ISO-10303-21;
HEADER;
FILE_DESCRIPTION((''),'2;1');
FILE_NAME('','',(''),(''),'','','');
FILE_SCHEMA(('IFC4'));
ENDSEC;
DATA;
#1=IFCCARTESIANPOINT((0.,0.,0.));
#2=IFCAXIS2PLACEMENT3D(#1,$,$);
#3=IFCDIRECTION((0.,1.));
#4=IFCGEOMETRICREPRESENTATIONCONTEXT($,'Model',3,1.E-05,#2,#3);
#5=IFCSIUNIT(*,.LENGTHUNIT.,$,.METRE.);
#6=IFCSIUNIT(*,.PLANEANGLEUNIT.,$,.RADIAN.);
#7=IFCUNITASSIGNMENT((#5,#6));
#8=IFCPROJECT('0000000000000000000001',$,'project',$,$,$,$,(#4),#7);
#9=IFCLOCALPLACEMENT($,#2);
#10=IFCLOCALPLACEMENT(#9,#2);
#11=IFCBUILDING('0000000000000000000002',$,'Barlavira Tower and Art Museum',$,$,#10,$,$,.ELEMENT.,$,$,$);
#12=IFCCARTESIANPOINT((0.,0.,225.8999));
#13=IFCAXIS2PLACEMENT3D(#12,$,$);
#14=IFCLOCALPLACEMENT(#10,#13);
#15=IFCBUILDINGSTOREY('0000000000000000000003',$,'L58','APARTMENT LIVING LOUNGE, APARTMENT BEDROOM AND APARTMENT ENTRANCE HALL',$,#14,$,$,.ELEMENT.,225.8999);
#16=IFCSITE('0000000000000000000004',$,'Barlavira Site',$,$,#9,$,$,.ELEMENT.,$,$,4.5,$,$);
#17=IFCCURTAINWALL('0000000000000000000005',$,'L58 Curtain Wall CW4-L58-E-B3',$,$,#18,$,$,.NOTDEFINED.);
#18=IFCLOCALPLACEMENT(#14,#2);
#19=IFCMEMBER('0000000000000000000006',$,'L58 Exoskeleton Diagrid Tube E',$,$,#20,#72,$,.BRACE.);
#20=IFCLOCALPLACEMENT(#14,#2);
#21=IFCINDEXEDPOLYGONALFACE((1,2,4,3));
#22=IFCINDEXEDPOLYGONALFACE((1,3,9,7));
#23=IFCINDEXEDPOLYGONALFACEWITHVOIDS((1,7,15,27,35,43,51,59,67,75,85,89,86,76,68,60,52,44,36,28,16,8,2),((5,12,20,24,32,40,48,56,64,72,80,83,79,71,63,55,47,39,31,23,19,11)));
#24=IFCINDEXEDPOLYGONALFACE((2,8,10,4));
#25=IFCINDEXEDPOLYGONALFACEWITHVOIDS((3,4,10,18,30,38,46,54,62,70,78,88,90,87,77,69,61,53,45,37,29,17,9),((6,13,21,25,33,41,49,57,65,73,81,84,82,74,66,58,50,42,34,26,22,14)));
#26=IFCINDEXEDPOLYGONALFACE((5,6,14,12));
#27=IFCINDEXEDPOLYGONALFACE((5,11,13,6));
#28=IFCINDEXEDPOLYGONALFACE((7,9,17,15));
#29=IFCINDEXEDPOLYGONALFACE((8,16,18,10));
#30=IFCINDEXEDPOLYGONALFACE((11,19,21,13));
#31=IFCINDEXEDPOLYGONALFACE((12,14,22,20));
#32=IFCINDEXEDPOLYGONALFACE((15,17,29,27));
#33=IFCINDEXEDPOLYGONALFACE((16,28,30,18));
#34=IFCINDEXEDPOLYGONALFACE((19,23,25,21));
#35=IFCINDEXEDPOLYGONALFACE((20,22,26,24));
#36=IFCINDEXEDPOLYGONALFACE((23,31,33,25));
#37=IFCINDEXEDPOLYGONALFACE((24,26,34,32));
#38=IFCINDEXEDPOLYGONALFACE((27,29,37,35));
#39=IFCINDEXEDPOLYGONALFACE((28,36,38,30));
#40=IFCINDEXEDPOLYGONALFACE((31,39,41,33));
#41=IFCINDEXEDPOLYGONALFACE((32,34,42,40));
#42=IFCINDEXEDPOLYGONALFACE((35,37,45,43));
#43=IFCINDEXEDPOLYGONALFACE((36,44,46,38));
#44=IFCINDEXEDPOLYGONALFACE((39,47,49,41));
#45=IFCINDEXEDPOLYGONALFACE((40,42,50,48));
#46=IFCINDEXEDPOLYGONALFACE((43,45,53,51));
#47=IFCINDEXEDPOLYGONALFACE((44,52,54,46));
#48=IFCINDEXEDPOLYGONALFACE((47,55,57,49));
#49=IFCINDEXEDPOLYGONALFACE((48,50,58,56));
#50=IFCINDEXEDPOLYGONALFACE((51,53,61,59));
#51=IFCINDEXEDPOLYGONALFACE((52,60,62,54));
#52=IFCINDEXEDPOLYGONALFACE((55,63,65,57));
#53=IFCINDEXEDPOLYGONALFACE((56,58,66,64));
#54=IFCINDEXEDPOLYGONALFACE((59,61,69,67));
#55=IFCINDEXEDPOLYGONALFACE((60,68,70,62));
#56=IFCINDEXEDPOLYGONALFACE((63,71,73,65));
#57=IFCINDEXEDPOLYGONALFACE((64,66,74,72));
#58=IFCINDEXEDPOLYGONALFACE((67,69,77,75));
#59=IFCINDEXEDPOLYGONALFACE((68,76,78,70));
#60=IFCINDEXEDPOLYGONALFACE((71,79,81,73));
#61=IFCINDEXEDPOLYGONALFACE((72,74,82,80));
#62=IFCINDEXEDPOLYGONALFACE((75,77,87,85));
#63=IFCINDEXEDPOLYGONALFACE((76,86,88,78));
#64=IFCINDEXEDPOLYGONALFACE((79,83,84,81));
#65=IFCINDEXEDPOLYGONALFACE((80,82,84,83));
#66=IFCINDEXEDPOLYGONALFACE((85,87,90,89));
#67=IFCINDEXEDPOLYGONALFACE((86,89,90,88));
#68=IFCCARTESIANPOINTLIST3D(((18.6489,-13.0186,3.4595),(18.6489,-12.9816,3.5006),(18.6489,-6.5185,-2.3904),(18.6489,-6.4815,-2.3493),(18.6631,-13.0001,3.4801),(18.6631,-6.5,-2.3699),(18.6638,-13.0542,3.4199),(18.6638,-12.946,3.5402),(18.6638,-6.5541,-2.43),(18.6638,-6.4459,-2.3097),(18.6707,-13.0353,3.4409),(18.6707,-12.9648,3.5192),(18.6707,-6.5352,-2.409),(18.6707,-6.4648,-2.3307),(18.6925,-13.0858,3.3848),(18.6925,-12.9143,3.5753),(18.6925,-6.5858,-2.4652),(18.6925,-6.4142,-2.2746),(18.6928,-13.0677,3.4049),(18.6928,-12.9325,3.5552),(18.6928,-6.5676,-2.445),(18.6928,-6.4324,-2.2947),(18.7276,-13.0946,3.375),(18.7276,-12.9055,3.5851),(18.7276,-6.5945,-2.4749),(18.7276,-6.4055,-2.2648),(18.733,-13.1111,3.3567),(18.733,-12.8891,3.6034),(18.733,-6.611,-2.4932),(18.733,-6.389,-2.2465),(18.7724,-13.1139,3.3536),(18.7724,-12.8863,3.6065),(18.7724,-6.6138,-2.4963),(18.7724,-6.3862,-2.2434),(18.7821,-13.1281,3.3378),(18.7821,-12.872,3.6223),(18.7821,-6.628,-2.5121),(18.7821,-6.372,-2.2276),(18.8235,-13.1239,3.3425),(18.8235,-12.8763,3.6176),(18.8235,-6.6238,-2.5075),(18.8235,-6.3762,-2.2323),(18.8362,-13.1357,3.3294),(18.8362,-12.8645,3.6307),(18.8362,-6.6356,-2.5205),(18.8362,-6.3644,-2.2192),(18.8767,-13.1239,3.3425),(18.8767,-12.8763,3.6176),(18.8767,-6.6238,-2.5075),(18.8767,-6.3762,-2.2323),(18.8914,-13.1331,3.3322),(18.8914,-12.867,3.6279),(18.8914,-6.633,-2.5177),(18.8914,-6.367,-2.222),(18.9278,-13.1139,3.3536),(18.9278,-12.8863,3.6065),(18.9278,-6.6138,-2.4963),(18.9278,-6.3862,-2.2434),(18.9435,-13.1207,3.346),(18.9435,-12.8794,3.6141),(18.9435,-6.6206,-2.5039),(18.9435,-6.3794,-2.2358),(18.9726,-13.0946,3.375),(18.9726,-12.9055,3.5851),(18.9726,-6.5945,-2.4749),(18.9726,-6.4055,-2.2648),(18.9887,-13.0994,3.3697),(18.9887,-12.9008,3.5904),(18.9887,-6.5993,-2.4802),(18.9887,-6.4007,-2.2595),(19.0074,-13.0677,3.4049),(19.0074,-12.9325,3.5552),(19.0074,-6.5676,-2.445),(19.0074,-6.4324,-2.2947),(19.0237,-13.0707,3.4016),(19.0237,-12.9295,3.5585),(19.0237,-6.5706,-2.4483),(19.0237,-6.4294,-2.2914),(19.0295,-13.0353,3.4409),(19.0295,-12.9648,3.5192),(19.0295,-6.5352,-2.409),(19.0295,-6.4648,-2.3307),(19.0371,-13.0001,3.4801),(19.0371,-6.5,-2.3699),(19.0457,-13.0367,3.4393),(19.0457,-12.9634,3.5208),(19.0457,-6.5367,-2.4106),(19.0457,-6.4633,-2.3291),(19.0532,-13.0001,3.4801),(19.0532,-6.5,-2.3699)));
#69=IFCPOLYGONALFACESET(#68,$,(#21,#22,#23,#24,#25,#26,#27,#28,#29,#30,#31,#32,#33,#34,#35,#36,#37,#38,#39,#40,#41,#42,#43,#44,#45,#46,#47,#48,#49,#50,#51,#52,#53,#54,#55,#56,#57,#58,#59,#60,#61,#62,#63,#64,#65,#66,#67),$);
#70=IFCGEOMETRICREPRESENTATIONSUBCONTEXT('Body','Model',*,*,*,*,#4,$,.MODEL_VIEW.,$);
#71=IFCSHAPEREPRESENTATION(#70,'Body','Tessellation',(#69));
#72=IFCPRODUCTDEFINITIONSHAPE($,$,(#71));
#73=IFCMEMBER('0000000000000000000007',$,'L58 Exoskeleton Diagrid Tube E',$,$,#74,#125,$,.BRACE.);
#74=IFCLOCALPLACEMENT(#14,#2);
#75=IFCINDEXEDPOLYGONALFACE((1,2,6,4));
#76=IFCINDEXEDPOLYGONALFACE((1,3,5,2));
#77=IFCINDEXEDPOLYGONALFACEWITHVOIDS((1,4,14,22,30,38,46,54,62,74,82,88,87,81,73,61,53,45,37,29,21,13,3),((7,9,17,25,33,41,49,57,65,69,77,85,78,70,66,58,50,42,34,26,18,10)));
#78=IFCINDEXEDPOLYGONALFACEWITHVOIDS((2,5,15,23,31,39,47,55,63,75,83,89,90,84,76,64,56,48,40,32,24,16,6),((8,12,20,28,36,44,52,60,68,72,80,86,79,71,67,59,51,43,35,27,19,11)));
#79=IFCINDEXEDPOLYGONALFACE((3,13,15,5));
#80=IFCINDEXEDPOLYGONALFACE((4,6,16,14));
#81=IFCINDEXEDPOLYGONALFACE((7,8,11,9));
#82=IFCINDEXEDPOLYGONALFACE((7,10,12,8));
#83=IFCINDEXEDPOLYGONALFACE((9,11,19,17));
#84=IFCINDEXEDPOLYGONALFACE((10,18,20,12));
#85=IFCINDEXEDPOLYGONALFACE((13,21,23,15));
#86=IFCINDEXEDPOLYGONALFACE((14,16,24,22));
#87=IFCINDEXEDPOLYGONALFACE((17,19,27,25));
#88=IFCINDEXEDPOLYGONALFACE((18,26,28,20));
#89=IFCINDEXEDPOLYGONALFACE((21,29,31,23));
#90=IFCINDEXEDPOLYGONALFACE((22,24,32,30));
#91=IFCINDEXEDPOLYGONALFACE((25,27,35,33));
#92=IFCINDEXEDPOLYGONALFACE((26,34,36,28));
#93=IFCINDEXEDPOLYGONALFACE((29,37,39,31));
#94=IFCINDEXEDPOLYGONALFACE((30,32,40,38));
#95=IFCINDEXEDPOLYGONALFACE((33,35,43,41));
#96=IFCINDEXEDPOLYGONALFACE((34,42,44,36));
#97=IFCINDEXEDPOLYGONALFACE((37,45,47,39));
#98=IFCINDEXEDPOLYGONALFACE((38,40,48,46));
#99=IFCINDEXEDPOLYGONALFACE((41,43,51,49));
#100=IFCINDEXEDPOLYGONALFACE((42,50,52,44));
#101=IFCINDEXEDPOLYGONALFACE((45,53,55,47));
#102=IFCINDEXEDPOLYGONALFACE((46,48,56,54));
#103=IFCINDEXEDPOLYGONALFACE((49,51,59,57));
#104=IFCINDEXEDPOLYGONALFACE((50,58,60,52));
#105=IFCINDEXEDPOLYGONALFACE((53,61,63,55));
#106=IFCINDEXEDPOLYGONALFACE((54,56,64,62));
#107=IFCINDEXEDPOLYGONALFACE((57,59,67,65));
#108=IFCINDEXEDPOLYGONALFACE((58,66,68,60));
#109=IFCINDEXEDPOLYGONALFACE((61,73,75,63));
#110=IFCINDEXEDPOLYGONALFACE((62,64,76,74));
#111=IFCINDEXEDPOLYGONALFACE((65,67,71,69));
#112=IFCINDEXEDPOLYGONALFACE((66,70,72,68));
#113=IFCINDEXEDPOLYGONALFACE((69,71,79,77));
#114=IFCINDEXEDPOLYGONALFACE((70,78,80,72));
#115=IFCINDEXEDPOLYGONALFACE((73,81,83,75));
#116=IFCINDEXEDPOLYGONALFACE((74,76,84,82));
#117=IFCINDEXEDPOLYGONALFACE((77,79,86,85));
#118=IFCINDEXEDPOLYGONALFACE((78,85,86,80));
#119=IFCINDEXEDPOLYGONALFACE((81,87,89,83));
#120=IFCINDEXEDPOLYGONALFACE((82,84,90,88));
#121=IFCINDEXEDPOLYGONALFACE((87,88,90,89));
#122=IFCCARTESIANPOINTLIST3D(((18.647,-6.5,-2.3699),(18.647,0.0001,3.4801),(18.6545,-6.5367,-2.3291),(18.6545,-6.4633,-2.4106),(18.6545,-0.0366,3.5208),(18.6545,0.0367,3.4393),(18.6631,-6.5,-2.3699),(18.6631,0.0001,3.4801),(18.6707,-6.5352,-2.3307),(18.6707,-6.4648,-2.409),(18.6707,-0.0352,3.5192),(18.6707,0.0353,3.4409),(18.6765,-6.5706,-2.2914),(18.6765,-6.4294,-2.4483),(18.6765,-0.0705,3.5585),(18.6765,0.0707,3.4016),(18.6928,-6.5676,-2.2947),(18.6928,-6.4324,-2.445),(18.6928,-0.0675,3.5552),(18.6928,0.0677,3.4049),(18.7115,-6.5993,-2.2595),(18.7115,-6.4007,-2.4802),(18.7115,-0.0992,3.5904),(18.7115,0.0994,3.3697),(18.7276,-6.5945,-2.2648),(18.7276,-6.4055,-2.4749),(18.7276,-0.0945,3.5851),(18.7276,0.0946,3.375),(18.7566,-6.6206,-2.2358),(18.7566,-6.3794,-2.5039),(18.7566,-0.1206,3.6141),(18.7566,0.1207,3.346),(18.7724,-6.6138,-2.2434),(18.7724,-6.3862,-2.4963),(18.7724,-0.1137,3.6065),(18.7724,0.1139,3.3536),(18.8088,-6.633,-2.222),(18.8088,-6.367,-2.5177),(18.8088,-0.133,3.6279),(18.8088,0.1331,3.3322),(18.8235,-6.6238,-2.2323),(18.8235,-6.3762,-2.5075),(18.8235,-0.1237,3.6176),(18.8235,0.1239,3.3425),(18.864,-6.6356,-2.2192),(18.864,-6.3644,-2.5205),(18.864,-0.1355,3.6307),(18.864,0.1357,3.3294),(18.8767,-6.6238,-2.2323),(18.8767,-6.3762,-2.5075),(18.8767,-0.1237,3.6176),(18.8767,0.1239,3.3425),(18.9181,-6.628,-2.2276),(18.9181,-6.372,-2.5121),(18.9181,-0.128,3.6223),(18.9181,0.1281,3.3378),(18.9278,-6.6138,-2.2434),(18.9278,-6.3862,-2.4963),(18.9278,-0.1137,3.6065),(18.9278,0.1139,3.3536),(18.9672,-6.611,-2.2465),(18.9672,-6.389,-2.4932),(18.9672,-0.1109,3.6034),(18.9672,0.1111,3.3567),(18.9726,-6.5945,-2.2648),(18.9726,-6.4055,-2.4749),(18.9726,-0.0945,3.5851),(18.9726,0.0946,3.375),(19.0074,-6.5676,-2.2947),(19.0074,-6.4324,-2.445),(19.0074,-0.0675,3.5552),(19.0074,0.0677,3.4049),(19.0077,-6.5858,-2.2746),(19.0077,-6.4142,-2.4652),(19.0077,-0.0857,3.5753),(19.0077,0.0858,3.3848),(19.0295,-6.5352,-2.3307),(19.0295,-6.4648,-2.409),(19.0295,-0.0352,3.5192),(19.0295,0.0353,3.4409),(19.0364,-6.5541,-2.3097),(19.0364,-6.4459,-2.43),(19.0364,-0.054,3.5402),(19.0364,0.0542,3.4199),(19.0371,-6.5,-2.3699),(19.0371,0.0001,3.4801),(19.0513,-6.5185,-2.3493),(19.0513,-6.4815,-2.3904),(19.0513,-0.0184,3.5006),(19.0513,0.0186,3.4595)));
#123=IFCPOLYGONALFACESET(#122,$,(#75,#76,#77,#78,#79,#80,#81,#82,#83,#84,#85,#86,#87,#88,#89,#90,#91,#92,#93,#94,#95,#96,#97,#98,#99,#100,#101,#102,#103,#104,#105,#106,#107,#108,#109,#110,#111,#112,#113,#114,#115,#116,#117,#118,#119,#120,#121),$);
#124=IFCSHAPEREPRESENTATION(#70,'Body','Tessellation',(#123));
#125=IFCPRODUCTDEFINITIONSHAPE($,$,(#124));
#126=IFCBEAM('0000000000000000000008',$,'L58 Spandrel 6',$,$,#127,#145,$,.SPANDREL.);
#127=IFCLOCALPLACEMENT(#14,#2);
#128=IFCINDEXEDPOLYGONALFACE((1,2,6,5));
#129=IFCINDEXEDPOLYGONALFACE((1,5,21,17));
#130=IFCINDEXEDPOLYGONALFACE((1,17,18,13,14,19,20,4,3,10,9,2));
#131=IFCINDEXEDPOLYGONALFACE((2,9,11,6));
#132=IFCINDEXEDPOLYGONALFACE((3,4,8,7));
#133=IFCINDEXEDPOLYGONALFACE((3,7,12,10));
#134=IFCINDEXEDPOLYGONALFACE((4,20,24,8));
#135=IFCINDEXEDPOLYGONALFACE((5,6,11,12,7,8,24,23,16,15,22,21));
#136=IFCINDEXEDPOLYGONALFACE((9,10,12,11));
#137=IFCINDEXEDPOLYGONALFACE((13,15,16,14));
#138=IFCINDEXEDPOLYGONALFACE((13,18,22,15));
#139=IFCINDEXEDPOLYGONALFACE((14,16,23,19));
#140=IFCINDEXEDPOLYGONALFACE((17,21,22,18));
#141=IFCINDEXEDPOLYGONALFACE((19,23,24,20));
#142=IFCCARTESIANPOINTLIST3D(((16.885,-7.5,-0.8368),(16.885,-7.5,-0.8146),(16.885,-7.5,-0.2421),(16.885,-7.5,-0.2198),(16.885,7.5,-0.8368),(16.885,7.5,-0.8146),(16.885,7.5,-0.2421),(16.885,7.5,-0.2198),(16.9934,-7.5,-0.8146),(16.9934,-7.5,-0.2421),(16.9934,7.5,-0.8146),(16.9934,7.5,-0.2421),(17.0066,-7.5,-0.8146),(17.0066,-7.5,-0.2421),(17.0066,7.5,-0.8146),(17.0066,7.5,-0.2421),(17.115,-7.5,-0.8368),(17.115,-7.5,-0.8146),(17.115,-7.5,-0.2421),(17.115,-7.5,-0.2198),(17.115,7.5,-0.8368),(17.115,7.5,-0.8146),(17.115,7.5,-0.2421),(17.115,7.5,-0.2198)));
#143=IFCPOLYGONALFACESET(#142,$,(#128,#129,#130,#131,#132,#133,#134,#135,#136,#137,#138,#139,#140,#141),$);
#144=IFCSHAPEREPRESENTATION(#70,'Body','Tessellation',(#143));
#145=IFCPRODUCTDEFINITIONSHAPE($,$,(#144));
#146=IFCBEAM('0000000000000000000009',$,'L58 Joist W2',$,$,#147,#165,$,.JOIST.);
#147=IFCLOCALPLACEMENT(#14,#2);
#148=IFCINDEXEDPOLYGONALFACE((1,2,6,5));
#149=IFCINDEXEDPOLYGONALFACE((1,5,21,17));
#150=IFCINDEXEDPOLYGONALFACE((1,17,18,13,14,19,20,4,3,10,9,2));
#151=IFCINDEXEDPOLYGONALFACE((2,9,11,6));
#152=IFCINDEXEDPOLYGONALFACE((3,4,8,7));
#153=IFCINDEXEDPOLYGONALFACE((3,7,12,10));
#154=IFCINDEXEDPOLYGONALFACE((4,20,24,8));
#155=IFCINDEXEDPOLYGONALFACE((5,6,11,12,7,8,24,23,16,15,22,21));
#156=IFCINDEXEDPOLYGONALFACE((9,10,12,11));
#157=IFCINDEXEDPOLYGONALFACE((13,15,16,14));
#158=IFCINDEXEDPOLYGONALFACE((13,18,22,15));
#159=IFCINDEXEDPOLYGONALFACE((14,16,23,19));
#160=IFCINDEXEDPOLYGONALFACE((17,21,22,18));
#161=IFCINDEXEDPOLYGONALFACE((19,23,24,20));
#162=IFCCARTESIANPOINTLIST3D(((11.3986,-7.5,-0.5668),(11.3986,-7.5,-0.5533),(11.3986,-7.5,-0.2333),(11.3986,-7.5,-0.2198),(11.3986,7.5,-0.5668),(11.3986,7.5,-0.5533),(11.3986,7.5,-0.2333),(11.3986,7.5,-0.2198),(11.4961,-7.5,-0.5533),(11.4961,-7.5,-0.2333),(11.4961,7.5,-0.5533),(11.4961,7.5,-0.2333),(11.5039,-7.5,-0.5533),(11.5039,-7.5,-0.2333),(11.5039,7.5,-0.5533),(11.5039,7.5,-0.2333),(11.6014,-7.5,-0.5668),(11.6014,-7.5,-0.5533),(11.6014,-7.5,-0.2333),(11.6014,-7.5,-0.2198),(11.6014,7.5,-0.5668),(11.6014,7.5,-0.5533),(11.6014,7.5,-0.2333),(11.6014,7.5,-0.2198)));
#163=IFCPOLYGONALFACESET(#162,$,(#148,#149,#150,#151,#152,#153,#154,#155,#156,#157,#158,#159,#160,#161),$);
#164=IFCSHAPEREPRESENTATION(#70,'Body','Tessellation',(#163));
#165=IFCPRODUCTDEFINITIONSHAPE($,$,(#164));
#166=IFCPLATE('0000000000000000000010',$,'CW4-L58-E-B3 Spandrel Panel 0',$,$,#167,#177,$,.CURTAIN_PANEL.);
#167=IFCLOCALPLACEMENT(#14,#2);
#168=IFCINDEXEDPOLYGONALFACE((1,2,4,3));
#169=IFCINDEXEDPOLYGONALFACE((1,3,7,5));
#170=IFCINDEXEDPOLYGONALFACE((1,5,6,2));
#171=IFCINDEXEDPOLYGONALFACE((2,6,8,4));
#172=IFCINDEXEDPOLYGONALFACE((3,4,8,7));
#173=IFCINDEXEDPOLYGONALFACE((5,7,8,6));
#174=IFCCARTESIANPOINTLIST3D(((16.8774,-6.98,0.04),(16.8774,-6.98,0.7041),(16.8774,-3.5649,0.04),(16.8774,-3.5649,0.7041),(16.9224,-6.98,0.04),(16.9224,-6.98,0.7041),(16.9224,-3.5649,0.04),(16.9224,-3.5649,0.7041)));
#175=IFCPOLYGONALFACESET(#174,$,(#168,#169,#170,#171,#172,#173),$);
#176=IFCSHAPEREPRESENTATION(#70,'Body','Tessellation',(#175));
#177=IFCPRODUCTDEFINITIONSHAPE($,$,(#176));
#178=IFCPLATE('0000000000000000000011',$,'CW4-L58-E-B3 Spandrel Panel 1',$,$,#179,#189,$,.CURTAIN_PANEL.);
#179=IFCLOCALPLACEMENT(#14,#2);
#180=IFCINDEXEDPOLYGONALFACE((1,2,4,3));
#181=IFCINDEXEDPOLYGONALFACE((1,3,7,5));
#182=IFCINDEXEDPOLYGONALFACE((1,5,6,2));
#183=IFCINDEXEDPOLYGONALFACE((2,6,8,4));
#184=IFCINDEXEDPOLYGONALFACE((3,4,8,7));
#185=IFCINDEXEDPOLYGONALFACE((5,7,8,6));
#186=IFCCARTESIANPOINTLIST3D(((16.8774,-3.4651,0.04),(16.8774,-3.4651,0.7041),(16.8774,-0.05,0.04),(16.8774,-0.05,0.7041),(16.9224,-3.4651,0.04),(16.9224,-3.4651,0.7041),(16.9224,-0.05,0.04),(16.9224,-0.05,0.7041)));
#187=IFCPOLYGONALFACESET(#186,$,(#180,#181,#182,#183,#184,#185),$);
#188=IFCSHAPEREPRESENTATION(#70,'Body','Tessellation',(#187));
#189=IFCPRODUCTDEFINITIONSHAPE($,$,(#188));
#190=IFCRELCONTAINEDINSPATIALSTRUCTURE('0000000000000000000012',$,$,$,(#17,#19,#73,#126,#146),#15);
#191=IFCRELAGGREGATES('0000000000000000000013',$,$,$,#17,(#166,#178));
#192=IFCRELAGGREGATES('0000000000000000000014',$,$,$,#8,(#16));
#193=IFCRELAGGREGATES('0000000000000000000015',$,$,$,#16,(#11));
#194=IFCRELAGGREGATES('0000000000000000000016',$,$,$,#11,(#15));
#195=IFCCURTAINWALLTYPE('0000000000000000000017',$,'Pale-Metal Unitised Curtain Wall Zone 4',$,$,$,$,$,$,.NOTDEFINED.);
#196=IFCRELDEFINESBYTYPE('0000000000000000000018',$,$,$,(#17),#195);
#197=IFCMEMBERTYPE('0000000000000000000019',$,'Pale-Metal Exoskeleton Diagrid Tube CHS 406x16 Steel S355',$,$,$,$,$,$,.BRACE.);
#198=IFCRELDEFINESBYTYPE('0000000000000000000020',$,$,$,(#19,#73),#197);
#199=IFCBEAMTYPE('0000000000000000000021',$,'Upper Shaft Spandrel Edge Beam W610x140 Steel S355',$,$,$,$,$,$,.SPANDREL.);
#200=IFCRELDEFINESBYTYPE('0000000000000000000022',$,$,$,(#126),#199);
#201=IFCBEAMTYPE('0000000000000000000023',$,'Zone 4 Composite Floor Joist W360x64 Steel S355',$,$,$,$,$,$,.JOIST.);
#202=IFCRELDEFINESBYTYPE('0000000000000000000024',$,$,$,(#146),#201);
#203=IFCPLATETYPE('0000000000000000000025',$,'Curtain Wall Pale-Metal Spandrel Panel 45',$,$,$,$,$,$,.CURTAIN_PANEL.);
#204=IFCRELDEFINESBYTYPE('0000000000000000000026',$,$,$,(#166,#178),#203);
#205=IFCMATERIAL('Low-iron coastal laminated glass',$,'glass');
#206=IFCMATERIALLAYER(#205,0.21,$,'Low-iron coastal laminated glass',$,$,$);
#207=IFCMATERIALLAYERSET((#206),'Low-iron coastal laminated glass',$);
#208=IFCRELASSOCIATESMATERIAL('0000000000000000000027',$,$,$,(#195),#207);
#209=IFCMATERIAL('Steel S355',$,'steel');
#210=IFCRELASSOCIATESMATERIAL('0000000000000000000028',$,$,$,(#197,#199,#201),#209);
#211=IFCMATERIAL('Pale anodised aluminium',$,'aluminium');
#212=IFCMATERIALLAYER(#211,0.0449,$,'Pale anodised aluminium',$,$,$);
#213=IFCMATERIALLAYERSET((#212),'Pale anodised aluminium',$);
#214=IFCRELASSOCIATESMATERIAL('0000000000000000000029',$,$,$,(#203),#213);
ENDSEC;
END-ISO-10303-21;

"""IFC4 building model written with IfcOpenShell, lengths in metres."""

from ifc_helpers import new_model, si_unit, direction, frame, origin, origin_2d, place, context, subcontext, project, spatial, rectangle, hollow_circle, i_section, extrude, material, layer, layer_set, material_profile, profile_set, type_object, element, aggregate, save


model = new_model("IFC4")

# Units and contexts
model_context = context("Model", 3, precision=1e-05, world=origin(), true_north=direction((0.0, 1.0)))
body_context = subcontext(model_context, "Body", "Model", "MODEL_VIEW")
ifc_project = project(units=[si_unit("LENGTHUNIT", "METRE"), si_unit("PLANEANGLEUNIT", "RADIAN")], contexts=[model_context])

# Site, building, storey
site_placement = place(None, origin())
site = spatial("IfcSite", under=ifc_project, at=site_placement, Name="Barlavira Site", CompositionType="ELEMENT", RefElevation=4.5)
building_placement = place(site_placement, origin())
building = spatial("IfcBuilding", under=site, at=building_placement, Name="Barlavira Tower and Art Museum", CompositionType="ELEMENT")
storey_placement = place(building_placement, frame((0.0, 0.0, 225.8999)))
storey = spatial("IfcBuildingStorey", under=building, at=storey_placement, Name="L58", Description="APARTMENT LIVING LOUNGE, APARTMENT BEDROOM AND APARTMENT ENTRANCE HALL", CompositionType="ELEMENT", Elevation=225.8999)

# Curtain wall
ifc_material_1 = material(Name="Low-iron coastal laminated glass", Category="glass")
ifc_layer_1 = layer(ifc_material_1, 0.21, Name="Low-iron coastal laminated glass")
ifc_layer_set_1 = layer_set([ifc_layer_1], Name="Low-iron coastal laminated glass")
curtain_wall_type = type_object("IfcCurtainWallType", Name="Pale-Metal Unitised Curtain Wall Zone 4", PredefinedType="NOTDEFINED", material=ifc_layer_set_1)
curtain_wall_placement = place(storey_placement, origin())
curtain_wall = element("IfcCurtainWall", 1, at=curtain_wall_placement, inside=storey, type_object=curtain_wall_type, Name="L58 Curtain Wall CW4-L58-E-B3", PredefinedType="NOTDEFINED")
ifc_material_2 = material(Name="Pale anodised aluminium", Category="aluminium")

# Members
ifc_material_3 = material(Name="Steel S355", Category="steel")
ifc_material_profile_1 = material_profile(ifc_material_3, hollow_circle(Radius=0.2031, WallThickness=0.0161, at=origin_2d()), Name="CHS 406.4x16.0")
ifc_profile_set_1 = profile_set([ifc_material_profile_1], Name="Steel S355")
member_type_1 = type_object("IfcMemberType", Name="Pale-Metal Exoskeleton Diagrid Tube CHS 406x16 Steel S355", PredefinedType="BRACE", material=ifc_profile_set_1)
for number, where, z_axis, x_axis, name in (
    (2, (18.8501, -6.5, -2.3699), (0.0, -0.743302, 0.668955), (1.0, 0.0, 0.0), "L58 Exoskeleton Diagrid Tube E"),
    (3, (18.8501, -6.5, -2.3699), (0.0, 0.743302, 0.668955), (-1.0, 0.0, 0.0), "L58 Exoskeleton Diagrid Tube E"),
):
    element("IfcMember", number, at=place(storey_placement, frame(where, z_axis=z_axis, x_axis=x_axis)), inside=storey, type_object=member_type_1, Name=name, PredefinedType="BRACE", context=body_context, shape_type="SweptSolid", body=[
        extrude(hollow_circle(Radius=0.2031, WallThickness=0.0161, at=origin_2d()), origin(), (0.0, 0.0, 1.0), 8.7449),
    ])

# Beams
ifc_material_profile_2 = material_profile(ifc_material_3, i_section(OverallWidth=0.23, OverallDepth=0.6169, WebThickness=0.0132, FlangeThickness=0.0222, at=origin_2d()), Name="W610x140.0")
ifc_profile_set_2 = profile_set([ifc_material_profile_2], Name="Steel S355")
beam_type_1 = type_object("IfcBeamType", Name="Upper Shaft Spandrel Edge Beam W610x140 Steel S355", PredefinedType="SPANDREL", material=ifc_profile_set_2)
beam_1_placement = place(storey_placement, frame((17.0, -7.5, -0.5283), z_axis=(0.0, 1.0, 0.0), x_axis=(-1.0, 0.0, 0.0)))
element("IfcBeam", 4, at=beam_1_placement, inside=storey, type_object=beam_type_1, Name="L58 Spandrel 6", PredefinedType="SPANDREL", context=body_context, shape_type="SweptSolid", body=[
    extrude(i_section(OverallWidth=0.23, OverallDepth=0.6169, WebThickness=0.0132, FlangeThickness=0.0222, at=origin_2d()), origin(), (0.0, 0.0, 1.0), 15.0),
])
ifc_material_profile_3 = material_profile(ifc_material_3, i_section(OverallWidth=0.2029, OverallDepth=0.3469, WebThickness=0.0078, FlangeThickness=0.0134, at=origin_2d()), Name="W360x64.0")
ifc_profile_set_3 = profile_set([ifc_material_profile_3], Name="Steel S355")
beam_type_2 = type_object("IfcBeamType", Name="Zone 4 Composite Floor Joist W360x64 Steel S355", PredefinedType="JOIST", material=ifc_profile_set_3)
beam_2_placement = place(storey_placement, frame((11.5, -7.5, -0.3933), z_axis=(0.0, 1.0, 0.0), x_axis=(-1.0, 0.0, 0.0)))
element("IfcBeam", 5, at=beam_2_placement, inside=storey, type_object=beam_type_2, Name="L58 Joist W2", PredefinedType="JOIST", context=body_context, shape_type="SweptSolid", body=[
    extrude(i_section(OverallWidth=0.2029, OverallDepth=0.3469, WebThickness=0.0078, FlangeThickness=0.0134, at=origin_2d()), origin(), (0.0, 0.0, 1.0), 15.0),
])

# Plates
ifc_layer_2 = layer(ifc_material_2, 0.0449, Name="Pale anodised aluminium")
ifc_layer_set_2 = layer_set([ifc_layer_2], Name="Pale anodised aluminium")
plate_type_1 = type_object("IfcPlateType", Name="Curtain Wall Pale-Metal Spandrel Panel 45", PredefinedType="CURTAIN_PANEL", material=ifc_layer_set_2)
plate_1_placement = place(storey_placement, frame((16.8999, -5.2725, 0.04), z_axis=(0.0, 0.0, 1.0), x_axis=(0.0, 1.0, 0.0)))
plate_1 = element("IfcPlate", 6, at=plate_1_placement, type_object=plate_type_1, Name="CW4-L58-E-B3 Spandrel Panel 0", PredefinedType="CURTAIN_PANEL", context=body_context, shape_type="SweptSolid", body=[
    extrude(rectangle(XDim=3.415, YDim=0.0449, at=origin_2d()), origin(), (0.0, 0.0, 1.0), 0.6641),
])
plate_2_placement = place(storey_placement, frame((16.8999, -1.7576, 0.04), z_axis=(0.0, 0.0, 1.0), x_axis=(0.0, 1.0, 0.0)))
plate_2 = element("IfcPlate", 7, at=plate_2_placement, type_object=plate_type_1, Name="CW4-L58-E-B3 Spandrel Panel 1", PredefinedType="CURTAIN_PANEL", context=body_context, shape_type="SweptSolid", body=[
    extrude(rectangle(XDim=3.415, YDim=0.0449, at=origin_2d()), origin(), (0.0, 0.0, 1.0), 0.6641),
])
aggregate(curtain_wall, [plate_1, plate_2])

save(model, "model.ifc")
